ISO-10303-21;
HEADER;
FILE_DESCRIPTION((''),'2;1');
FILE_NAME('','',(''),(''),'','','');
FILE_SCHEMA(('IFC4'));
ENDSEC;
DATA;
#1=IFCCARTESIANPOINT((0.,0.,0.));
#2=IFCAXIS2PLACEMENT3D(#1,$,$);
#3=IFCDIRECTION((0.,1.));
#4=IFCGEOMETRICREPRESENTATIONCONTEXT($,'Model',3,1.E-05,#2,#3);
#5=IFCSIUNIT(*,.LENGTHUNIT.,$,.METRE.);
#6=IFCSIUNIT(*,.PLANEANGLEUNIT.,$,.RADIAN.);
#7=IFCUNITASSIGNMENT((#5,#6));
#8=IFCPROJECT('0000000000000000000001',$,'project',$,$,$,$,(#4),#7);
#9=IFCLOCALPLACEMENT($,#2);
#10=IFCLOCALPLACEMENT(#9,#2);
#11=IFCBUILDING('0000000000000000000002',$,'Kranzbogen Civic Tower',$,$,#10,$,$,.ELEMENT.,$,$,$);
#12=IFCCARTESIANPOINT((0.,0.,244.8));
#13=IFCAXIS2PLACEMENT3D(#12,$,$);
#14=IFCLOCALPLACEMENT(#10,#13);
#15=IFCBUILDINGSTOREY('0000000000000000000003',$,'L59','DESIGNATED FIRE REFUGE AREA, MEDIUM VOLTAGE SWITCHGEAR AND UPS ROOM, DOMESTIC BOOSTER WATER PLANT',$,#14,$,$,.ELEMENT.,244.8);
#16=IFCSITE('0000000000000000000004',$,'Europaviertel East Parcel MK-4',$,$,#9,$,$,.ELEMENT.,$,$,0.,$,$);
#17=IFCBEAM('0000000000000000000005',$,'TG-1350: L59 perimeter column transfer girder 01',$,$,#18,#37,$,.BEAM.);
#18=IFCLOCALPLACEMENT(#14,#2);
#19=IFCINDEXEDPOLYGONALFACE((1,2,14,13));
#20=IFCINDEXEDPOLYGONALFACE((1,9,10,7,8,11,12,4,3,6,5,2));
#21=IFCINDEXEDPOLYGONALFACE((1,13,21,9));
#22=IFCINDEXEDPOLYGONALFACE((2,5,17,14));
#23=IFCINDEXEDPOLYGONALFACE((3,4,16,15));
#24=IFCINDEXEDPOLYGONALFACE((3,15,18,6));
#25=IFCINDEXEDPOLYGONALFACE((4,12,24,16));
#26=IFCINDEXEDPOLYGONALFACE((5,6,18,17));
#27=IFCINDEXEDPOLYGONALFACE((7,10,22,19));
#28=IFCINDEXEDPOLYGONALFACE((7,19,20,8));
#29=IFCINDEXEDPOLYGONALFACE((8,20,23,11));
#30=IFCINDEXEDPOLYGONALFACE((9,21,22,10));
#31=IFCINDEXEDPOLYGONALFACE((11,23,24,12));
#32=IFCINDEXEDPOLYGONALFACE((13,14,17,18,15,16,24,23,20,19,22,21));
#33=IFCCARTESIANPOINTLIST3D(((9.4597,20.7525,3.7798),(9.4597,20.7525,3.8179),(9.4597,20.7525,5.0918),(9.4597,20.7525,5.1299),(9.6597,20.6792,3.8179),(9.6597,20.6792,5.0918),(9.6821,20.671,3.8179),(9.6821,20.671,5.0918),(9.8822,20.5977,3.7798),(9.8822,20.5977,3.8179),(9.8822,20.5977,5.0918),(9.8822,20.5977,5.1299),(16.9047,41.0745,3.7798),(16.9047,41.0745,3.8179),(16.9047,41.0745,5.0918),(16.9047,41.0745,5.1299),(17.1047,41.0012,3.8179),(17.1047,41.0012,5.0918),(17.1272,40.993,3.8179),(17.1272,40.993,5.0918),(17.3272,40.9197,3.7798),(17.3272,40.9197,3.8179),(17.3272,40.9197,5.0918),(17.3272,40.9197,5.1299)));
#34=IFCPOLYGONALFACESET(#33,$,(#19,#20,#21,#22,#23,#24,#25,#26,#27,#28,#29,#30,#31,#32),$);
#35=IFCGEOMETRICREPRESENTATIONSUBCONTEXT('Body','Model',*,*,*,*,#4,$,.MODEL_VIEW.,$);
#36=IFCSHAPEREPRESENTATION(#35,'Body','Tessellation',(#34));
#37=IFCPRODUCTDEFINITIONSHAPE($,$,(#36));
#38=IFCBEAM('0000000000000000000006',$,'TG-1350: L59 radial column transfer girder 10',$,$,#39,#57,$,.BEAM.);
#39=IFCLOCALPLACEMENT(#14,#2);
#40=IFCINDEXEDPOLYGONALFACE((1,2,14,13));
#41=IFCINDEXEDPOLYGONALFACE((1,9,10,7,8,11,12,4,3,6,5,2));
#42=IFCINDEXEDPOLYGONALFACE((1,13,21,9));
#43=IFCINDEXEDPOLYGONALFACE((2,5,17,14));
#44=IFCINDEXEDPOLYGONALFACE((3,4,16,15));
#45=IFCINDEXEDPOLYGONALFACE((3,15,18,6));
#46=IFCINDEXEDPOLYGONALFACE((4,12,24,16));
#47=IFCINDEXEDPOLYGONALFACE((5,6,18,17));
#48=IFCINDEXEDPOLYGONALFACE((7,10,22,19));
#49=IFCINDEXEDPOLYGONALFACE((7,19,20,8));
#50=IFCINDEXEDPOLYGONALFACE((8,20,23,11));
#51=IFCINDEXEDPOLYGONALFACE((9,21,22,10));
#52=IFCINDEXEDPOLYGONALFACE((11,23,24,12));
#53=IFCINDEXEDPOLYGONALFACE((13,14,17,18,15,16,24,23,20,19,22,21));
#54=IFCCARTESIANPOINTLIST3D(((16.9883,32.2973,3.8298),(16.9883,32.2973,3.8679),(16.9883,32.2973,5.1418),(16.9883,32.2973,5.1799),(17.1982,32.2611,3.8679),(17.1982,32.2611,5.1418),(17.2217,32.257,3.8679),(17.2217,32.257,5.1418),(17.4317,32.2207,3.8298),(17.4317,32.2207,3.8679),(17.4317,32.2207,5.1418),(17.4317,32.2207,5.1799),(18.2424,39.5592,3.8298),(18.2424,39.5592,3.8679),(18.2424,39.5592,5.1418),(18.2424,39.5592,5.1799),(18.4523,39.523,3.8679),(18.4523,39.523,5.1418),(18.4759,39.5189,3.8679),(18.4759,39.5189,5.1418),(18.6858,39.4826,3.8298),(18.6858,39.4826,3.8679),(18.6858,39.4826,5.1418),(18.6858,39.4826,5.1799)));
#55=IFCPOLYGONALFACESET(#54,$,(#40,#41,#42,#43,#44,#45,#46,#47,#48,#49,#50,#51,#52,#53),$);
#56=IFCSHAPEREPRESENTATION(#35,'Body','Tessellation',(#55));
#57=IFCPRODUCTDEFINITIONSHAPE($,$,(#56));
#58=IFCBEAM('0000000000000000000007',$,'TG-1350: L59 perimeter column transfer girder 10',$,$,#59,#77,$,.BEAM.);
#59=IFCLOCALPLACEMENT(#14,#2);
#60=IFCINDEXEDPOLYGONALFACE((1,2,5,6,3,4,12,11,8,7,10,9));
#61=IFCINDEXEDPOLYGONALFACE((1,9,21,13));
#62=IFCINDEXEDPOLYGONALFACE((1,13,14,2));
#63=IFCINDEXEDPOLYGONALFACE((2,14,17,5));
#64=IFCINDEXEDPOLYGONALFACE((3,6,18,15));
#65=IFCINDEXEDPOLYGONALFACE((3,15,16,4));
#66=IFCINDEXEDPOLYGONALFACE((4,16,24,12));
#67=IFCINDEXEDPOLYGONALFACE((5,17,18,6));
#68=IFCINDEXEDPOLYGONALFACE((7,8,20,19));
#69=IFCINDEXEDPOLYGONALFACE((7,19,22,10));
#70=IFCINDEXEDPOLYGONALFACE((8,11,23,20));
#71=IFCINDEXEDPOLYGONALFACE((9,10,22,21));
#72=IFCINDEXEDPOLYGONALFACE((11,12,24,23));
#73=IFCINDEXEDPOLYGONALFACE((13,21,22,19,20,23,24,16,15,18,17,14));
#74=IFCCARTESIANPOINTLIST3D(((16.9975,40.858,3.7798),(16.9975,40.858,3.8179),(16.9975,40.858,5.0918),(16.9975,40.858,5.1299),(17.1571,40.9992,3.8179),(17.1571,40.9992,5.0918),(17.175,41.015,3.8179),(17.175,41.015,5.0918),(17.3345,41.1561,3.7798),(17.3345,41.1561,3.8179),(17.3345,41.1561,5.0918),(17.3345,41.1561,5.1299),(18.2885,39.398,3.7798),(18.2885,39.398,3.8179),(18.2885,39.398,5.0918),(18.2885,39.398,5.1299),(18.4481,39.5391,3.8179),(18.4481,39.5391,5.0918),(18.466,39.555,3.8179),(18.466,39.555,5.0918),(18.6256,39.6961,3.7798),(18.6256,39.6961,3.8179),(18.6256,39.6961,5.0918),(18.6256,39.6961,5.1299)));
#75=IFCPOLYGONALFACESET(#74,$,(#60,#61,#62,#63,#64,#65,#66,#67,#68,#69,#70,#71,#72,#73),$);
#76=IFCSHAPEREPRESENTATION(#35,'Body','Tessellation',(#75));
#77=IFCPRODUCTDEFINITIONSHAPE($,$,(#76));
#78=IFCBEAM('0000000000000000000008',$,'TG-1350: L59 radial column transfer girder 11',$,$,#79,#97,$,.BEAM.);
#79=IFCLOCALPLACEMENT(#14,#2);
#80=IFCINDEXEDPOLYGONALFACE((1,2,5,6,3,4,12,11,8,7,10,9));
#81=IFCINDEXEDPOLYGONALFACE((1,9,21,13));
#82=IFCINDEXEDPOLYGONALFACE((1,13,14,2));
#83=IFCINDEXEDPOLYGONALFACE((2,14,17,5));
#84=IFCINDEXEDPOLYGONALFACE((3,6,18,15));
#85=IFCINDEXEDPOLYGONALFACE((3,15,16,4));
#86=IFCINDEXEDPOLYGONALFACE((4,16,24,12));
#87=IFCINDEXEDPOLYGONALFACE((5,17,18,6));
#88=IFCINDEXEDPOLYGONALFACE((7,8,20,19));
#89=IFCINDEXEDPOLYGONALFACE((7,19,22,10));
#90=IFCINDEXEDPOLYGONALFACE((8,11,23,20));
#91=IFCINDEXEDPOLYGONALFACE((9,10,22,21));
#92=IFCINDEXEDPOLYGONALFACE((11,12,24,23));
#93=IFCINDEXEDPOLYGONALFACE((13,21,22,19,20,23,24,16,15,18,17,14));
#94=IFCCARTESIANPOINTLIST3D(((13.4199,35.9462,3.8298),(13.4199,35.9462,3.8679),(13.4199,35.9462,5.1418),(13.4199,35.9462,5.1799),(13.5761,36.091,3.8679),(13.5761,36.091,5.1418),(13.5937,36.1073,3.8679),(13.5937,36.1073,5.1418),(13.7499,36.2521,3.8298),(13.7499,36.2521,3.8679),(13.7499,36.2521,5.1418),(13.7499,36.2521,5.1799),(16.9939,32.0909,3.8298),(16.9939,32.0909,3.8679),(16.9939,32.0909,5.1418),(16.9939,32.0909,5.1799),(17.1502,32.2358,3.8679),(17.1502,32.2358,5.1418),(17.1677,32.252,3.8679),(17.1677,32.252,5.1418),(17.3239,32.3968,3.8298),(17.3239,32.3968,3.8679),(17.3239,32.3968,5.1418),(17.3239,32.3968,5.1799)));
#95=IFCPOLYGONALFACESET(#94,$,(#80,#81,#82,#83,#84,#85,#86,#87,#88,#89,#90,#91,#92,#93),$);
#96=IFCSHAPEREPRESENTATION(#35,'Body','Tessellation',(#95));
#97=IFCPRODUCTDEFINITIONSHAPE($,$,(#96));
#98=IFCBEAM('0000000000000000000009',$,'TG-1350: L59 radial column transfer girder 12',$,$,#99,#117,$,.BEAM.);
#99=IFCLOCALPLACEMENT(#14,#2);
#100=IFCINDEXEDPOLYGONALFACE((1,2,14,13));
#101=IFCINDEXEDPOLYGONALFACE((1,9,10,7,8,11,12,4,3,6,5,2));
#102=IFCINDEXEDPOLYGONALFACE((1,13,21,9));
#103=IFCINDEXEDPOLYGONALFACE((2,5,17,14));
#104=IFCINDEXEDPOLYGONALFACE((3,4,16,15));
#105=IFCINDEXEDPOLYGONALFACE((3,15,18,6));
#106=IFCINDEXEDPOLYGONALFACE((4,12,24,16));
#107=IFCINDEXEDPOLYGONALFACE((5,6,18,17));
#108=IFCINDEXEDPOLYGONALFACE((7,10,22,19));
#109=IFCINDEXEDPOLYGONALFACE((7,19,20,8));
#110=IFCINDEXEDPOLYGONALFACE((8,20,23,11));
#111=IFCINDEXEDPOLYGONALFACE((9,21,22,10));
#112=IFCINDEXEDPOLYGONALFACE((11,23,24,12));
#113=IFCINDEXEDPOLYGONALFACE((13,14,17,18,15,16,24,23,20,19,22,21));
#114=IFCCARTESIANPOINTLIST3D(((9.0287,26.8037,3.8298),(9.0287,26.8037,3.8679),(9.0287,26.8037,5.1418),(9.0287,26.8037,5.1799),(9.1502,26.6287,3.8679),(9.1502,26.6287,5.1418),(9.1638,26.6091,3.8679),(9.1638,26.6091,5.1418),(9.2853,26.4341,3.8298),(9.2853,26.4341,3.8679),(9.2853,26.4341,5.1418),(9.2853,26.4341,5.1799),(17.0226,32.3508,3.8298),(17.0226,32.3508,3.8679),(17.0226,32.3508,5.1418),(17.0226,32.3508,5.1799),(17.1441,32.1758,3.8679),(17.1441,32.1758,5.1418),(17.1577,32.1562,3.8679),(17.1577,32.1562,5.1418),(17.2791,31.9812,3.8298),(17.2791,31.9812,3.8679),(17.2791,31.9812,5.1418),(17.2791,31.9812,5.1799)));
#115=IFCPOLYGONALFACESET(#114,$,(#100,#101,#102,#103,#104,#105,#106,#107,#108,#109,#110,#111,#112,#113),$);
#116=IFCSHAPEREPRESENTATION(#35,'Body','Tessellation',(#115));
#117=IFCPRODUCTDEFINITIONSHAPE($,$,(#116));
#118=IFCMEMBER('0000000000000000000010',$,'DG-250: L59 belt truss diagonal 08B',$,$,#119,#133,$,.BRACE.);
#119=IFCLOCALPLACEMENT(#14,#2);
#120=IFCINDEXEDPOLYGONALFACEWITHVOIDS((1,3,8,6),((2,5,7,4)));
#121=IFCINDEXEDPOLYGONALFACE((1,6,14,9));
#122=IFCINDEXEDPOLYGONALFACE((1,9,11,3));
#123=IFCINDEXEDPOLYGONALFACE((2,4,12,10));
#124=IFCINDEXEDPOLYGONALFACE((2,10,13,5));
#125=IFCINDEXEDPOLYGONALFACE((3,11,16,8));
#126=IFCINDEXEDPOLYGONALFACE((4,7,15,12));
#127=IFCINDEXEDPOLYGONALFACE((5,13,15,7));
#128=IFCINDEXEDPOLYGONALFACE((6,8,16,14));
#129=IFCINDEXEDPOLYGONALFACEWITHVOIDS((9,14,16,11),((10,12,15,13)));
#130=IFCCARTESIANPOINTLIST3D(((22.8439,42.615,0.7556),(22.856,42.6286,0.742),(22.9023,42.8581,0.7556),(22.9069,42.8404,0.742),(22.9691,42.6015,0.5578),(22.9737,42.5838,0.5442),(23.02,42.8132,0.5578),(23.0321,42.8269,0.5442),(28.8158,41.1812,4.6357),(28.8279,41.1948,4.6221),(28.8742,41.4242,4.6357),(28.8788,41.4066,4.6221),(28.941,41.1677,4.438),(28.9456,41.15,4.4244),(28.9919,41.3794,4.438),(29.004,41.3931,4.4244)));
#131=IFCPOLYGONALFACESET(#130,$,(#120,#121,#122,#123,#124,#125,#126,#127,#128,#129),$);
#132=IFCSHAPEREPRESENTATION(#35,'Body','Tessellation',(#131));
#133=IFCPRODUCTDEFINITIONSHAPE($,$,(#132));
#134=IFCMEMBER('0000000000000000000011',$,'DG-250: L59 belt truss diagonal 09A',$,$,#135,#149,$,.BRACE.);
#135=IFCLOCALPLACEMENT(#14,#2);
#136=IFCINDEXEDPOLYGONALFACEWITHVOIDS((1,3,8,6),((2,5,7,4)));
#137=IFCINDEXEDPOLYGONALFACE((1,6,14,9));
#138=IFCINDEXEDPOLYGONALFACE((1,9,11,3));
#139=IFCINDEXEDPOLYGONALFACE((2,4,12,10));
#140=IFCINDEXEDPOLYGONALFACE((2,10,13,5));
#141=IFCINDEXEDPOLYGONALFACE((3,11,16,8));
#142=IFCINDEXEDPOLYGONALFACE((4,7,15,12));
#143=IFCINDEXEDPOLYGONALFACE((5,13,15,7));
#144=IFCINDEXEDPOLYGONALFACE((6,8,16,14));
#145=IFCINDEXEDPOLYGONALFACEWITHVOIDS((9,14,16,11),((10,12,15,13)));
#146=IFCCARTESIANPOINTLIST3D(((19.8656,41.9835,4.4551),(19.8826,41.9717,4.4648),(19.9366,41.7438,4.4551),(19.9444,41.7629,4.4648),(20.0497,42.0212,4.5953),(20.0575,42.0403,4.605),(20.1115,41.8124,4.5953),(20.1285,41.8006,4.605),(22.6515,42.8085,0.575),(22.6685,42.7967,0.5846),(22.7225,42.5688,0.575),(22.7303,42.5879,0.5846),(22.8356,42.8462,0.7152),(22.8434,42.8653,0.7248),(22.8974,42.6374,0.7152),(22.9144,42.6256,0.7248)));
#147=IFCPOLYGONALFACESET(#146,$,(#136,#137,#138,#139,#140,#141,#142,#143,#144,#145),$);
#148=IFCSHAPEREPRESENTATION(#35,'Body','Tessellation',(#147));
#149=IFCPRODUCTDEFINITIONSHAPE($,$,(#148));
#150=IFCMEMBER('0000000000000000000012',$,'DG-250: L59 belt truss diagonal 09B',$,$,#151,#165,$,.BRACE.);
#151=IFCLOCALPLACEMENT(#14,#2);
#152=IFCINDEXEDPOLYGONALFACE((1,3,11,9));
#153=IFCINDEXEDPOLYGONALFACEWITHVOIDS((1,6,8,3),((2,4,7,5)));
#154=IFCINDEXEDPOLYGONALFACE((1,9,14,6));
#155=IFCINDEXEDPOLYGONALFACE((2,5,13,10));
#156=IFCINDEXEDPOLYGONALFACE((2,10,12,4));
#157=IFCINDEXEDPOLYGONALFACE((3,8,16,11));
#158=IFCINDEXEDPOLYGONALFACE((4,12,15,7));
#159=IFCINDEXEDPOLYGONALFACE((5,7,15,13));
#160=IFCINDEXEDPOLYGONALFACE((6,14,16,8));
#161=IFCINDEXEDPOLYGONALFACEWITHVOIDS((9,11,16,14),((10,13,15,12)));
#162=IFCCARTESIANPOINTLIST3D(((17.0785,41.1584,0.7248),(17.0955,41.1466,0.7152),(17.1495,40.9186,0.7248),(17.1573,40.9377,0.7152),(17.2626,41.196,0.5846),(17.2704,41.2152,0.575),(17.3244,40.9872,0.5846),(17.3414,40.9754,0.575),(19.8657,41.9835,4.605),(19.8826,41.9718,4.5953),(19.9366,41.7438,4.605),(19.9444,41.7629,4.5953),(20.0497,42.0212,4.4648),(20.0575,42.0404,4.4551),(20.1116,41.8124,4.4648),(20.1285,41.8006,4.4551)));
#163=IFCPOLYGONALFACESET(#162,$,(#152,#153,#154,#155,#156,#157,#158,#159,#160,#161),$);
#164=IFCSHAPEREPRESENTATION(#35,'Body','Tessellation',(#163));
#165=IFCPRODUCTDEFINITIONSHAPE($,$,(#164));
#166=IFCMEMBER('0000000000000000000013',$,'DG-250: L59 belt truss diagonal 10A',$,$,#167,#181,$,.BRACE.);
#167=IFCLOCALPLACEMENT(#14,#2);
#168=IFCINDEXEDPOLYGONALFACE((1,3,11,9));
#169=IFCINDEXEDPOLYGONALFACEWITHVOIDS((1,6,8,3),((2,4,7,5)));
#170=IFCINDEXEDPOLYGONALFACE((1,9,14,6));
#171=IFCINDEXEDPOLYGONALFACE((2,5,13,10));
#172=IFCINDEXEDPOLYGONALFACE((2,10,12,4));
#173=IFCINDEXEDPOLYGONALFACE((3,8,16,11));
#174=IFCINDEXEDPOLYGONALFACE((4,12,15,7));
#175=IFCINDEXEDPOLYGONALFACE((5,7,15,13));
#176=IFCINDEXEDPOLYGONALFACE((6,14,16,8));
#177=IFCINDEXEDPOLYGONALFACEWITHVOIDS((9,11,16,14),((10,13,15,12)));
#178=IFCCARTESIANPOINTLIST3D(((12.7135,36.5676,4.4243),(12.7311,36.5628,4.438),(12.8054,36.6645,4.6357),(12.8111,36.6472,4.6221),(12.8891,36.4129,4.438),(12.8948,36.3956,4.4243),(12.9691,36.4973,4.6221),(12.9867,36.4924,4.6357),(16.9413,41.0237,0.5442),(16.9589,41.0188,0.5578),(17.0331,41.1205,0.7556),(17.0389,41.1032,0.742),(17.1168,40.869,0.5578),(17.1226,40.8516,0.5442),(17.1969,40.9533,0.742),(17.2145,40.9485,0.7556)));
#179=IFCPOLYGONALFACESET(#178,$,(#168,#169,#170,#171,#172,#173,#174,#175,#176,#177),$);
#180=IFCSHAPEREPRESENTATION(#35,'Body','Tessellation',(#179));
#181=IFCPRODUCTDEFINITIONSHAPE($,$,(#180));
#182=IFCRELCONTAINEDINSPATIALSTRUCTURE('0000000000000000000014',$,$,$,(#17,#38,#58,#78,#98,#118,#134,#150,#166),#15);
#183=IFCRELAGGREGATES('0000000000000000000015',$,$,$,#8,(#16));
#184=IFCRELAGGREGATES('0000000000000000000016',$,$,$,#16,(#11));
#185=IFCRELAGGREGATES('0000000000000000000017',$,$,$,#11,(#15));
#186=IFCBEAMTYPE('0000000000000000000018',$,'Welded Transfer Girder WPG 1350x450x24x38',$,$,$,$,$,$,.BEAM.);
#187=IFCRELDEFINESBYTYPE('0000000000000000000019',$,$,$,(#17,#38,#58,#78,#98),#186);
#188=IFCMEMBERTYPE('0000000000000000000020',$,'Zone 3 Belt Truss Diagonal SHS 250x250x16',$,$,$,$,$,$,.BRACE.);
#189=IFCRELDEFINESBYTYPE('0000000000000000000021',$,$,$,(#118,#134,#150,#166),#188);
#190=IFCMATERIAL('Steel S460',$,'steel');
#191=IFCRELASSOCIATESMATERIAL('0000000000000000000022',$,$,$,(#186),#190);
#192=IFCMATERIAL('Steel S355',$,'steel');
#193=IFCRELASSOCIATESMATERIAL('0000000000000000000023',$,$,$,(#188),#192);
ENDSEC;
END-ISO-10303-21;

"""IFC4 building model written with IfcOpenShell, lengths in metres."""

from ifc_helpers import new_model, si_unit, direction, frame, origin, origin_2d, place, context, subcontext, project, spatial, hollow_rectangle, i_section, extrude, material, material_profile, profile_set, type_object, element, save


model = new_model("IFC4")

# Units and contexts
model_context = context("Model", 3, precision=1e-05, world=origin(), true_north=direction((0.0, 1.0)))
body_context = subcontext(model_context, "Body", "Model", "MODEL_VIEW")
ifc_project = project(units=[si_unit("LENGTHUNIT", "METRE"), si_unit("PLANEANGLEUNIT", "RADIAN")], contexts=[model_context])

# Site, building, storey
site_placement = place(None, origin())
site = spatial("IfcSite", under=ifc_project, at=site_placement, Name="Europaviertel East Parcel MK-4", CompositionType="ELEMENT", RefElevation=0.0)
building_placement = place(site_placement, origin())
building = spatial("IfcBuilding", under=site, at=building_placement, Name="Kranzbogen Civic Tower", CompositionType="ELEMENT")
storey_placement = place(building_placement, frame((0.0, 0.0, 244.8)))
storey = spatial("IfcBuildingStorey", under=building, at=storey_placement, Name="L59", Description="DESIGNATED FIRE REFUGE AREA, MEDIUM VOLTAGE SWITCHGEAR AND UPS ROOM, DOMESTIC BOOSTER WATER PLANT", CompositionType="ELEMENT", Elevation=244.8)

# Shared definitions
ifc_material_1 = material(Name="Steel S355", Category="steel")
ifc_material_2 = material(Name="Steel S460", Category="steel")

# Beams
ifc_material_profile_1 = material_profile(ifc_material_2, i_section(OverallWidth=0.45, OverallDepth=1.3501, WebThickness=0.0239, FlangeThickness=0.0381, at=origin_2d()), Name="WPG 1350x450x24x38")
ifc_profile_set_1 = profile_set([ifc_material_profile_1], Name="Steel S460")
beam_type_1 = type_object("IfcBeamType", Name="Welded Transfer Girder WPG 1350x450x24x38", PredefinedType="BEAM", material=ifc_profile_set_1)
beam_1_placement = place(storey_placement, frame((17.116, 40.9971, 4.4548), z_axis=(-0.343996, -0.938971, 0.0), x_axis=(0.938971, -0.343996, 0.0)))
element("IfcBeam", 1, at=beam_1_placement, inside=storey, type_object=beam_type_1, Name="TG-1350: L59 perimeter column transfer girder 01", PredefinedType="BEAM", context=body_context, shape_type="SweptSolid", body=[
    extrude(i_section(OverallWidth=0.45, OverallDepth=1.3501, WebThickness=0.0239, FlangeThickness=0.0381, at=origin_2d()), origin(), (0.0, 0.0, 1.0), 21.6428),
])
beam_2_placement = place(storey_placement, frame((17.21, 32.259, 4.5049), z_axis=(0.170182, 0.985413, 0.0), x_axis=(-0.985413, 0.170182, 0.0)))
element("IfcBeam", 2, at=beam_2_placement, inside=storey, type_object=beam_type_1, Name="TG-1350: L59 radial column transfer girder 10", PredefinedType="BEAM", context=body_context, shape_type="SweptSolid", body=[
    extrude(i_section(OverallWidth=0.45, OverallDepth=1.3501, WebThickness=0.0239, FlangeThickness=0.0381, at=origin_2d()), origin(), (0.0, 0.0, 1.0), 7.3694),
])
beam_3_placement = place(storey_placement, frame((17.166, 41.0071, 4.4548), z_axis=(0.662433, -0.749121, 0.0), x_axis=(0.749121, 0.662433, 0.0)))
element("IfcBeam", 3, at=beam_3_placement, inside=storey, type_object=beam_type_1, Name="TG-1350: L59 perimeter column transfer girder 10", PredefinedType="BEAM", context=body_context, shape_type="SweptSolid", body=[
    extrude(i_section(OverallWidth=0.45, OverallDepth=1.3501, WebThickness=0.0239, FlangeThickness=0.0381, at=origin_2d()), origin(), (0.0, 0.0, 1.0), 1.949),
])
beam_4_placement = place(storey_placement, frame((17.1589, 32.2439, 4.5049), z_axis=(-0.679851, 0.733351, 0.0), x_axis=(-0.733351, -0.679851, 0.0)))
element("IfcBeam", 4, at=beam_4_placement, inside=storey, type_object=beam_type_1, Name="TG-1350: L59 radial column transfer girder 11", PredefinedType="BEAM", context=body_context, shape_type="SweptSolid", body=[
    extrude(i_section(OverallWidth=0.45, OverallDepth=1.3501, WebThickness=0.0239, FlangeThickness=0.0381, at=origin_2d()), origin(), (0.0, 0.0, 1.0), 5.2571),
])
beam_5_placement = place(storey_placement, frame((17.1509, 32.166, 4.5049), z_axis=(-0.821572, -0.570105, 0.0), x_axis=(0.570105, -0.821572, 0.0)))
element("IfcBeam", 5, at=beam_5_placement, inside=storey, type_object=beam_type_1, Name="TG-1350: L59 radial column transfer girder 12", PredefinedType="BEAM", context=body_context, shape_type="SweptSolid", body=[
    extrude(i_section(OverallWidth=0.45, OverallDepth=1.3501, WebThickness=0.0239, FlangeThickness=0.0381, at=origin_2d()), origin(), (0.0, 0.0, 1.0), 9.73),
])

# Members
ifc_material_profile_2 = material_profile(ifc_material_1, hollow_rectangle(XDim=0.25, YDim=0.25, WallThickness=0.0161, at=origin_2d()), Name="SHS 250x250x16")
ifc_profile_set_2 = profile_set([ifc_material_profile_2], Name="Steel S355")
member_type_1 = type_object("IfcMemberType", Name="Zone 3 Belt Truss Diagonal SHS 250x250x16", PredefinedType="BRACE", material=ifc_profile_set_2)
member_1_placement = place(storey_placement, frame((22.938, 42.7209, 0.6499), z_axis=(0.822052, -0.197372, 0.534111), x_axis=(0.233462, 0.972366, 0.0)))
element("IfcMember", 6, at=member_1_placement, inside=storey, type_object=member_type_1, Name="DG-250: L59 belt truss diagonal 08B", PredefinedType="BRACE", context=body_context, shape_type="SweptSolid", body=[
    extrude(hollow_rectangle(XDim=0.25, YDim=0.25, WallThickness=0.0161, at=origin_2d()), origin(), (0.0, 0.0, 1.0), 7.2646),
])
member_2_placement = place(storey_placement, frame((22.783, 42.717, 0.6499), z_axis=(-0.57472, -0.170185, 0.800458), x_axis=(0.283931, -0.958845, 0.0)))
element("IfcMember", 7, at=member_2_placement, inside=storey, type_object=member_type_1, Name="DG-250: L59 belt truss diagonal 09A", PredefinedType="BRACE", context=body_context, shape_type="SweptSolid", body=[
    extrude(hollow_rectangle(XDim=0.25, YDim=0.25, WallThickness=0.0161, at=origin_2d()), origin(), (0.0, 0.0, 1.0), 4.8474),
])
member_3_placement = place(storey_placement, frame((17.21, 41.0669, 0.6499), z_axis=(0.574884, 0.170209, 0.800336), x_axis=(-0.283894, 0.958856, 0.0)))
element("IfcMember", 8, at=member_3_placement, inside=storey, type_object=member_type_1, Name="DG-250: L59 belt truss diagonal 09B", PredefinedType="BRACE", context=body_context, shape_type="SweptSolid", body=[
    extrude(hollow_rectangle(XDim=0.25, YDim=0.25, WallThickness=0.0161, at=origin_2d()), origin(), (0.0, 0.0, 1.0), 4.8481),
])
member_4_placement = place(storey_placement, frame((17.0779, 40.9861, 0.6499), z_axis=(-0.581907, -0.613326, 0.534056), x_axis=(0.725444, -0.688281, 0.0)))
element("IfcMember", 9, at=member_4_placement, inside=storey, type_object=member_type_1, Name="DG-250: L59 belt truss diagonal 10A", PredefinedType="BRACE", context=body_context, shape_type="SweptSolid", body=[
    extrude(hollow_rectangle(XDim=0.25, YDim=0.25, WallThickness=0.0161, at=origin_2d()), origin(), (0.0, 0.0, 1.0), 7.2654),
])

save(model, "model.ifc")
